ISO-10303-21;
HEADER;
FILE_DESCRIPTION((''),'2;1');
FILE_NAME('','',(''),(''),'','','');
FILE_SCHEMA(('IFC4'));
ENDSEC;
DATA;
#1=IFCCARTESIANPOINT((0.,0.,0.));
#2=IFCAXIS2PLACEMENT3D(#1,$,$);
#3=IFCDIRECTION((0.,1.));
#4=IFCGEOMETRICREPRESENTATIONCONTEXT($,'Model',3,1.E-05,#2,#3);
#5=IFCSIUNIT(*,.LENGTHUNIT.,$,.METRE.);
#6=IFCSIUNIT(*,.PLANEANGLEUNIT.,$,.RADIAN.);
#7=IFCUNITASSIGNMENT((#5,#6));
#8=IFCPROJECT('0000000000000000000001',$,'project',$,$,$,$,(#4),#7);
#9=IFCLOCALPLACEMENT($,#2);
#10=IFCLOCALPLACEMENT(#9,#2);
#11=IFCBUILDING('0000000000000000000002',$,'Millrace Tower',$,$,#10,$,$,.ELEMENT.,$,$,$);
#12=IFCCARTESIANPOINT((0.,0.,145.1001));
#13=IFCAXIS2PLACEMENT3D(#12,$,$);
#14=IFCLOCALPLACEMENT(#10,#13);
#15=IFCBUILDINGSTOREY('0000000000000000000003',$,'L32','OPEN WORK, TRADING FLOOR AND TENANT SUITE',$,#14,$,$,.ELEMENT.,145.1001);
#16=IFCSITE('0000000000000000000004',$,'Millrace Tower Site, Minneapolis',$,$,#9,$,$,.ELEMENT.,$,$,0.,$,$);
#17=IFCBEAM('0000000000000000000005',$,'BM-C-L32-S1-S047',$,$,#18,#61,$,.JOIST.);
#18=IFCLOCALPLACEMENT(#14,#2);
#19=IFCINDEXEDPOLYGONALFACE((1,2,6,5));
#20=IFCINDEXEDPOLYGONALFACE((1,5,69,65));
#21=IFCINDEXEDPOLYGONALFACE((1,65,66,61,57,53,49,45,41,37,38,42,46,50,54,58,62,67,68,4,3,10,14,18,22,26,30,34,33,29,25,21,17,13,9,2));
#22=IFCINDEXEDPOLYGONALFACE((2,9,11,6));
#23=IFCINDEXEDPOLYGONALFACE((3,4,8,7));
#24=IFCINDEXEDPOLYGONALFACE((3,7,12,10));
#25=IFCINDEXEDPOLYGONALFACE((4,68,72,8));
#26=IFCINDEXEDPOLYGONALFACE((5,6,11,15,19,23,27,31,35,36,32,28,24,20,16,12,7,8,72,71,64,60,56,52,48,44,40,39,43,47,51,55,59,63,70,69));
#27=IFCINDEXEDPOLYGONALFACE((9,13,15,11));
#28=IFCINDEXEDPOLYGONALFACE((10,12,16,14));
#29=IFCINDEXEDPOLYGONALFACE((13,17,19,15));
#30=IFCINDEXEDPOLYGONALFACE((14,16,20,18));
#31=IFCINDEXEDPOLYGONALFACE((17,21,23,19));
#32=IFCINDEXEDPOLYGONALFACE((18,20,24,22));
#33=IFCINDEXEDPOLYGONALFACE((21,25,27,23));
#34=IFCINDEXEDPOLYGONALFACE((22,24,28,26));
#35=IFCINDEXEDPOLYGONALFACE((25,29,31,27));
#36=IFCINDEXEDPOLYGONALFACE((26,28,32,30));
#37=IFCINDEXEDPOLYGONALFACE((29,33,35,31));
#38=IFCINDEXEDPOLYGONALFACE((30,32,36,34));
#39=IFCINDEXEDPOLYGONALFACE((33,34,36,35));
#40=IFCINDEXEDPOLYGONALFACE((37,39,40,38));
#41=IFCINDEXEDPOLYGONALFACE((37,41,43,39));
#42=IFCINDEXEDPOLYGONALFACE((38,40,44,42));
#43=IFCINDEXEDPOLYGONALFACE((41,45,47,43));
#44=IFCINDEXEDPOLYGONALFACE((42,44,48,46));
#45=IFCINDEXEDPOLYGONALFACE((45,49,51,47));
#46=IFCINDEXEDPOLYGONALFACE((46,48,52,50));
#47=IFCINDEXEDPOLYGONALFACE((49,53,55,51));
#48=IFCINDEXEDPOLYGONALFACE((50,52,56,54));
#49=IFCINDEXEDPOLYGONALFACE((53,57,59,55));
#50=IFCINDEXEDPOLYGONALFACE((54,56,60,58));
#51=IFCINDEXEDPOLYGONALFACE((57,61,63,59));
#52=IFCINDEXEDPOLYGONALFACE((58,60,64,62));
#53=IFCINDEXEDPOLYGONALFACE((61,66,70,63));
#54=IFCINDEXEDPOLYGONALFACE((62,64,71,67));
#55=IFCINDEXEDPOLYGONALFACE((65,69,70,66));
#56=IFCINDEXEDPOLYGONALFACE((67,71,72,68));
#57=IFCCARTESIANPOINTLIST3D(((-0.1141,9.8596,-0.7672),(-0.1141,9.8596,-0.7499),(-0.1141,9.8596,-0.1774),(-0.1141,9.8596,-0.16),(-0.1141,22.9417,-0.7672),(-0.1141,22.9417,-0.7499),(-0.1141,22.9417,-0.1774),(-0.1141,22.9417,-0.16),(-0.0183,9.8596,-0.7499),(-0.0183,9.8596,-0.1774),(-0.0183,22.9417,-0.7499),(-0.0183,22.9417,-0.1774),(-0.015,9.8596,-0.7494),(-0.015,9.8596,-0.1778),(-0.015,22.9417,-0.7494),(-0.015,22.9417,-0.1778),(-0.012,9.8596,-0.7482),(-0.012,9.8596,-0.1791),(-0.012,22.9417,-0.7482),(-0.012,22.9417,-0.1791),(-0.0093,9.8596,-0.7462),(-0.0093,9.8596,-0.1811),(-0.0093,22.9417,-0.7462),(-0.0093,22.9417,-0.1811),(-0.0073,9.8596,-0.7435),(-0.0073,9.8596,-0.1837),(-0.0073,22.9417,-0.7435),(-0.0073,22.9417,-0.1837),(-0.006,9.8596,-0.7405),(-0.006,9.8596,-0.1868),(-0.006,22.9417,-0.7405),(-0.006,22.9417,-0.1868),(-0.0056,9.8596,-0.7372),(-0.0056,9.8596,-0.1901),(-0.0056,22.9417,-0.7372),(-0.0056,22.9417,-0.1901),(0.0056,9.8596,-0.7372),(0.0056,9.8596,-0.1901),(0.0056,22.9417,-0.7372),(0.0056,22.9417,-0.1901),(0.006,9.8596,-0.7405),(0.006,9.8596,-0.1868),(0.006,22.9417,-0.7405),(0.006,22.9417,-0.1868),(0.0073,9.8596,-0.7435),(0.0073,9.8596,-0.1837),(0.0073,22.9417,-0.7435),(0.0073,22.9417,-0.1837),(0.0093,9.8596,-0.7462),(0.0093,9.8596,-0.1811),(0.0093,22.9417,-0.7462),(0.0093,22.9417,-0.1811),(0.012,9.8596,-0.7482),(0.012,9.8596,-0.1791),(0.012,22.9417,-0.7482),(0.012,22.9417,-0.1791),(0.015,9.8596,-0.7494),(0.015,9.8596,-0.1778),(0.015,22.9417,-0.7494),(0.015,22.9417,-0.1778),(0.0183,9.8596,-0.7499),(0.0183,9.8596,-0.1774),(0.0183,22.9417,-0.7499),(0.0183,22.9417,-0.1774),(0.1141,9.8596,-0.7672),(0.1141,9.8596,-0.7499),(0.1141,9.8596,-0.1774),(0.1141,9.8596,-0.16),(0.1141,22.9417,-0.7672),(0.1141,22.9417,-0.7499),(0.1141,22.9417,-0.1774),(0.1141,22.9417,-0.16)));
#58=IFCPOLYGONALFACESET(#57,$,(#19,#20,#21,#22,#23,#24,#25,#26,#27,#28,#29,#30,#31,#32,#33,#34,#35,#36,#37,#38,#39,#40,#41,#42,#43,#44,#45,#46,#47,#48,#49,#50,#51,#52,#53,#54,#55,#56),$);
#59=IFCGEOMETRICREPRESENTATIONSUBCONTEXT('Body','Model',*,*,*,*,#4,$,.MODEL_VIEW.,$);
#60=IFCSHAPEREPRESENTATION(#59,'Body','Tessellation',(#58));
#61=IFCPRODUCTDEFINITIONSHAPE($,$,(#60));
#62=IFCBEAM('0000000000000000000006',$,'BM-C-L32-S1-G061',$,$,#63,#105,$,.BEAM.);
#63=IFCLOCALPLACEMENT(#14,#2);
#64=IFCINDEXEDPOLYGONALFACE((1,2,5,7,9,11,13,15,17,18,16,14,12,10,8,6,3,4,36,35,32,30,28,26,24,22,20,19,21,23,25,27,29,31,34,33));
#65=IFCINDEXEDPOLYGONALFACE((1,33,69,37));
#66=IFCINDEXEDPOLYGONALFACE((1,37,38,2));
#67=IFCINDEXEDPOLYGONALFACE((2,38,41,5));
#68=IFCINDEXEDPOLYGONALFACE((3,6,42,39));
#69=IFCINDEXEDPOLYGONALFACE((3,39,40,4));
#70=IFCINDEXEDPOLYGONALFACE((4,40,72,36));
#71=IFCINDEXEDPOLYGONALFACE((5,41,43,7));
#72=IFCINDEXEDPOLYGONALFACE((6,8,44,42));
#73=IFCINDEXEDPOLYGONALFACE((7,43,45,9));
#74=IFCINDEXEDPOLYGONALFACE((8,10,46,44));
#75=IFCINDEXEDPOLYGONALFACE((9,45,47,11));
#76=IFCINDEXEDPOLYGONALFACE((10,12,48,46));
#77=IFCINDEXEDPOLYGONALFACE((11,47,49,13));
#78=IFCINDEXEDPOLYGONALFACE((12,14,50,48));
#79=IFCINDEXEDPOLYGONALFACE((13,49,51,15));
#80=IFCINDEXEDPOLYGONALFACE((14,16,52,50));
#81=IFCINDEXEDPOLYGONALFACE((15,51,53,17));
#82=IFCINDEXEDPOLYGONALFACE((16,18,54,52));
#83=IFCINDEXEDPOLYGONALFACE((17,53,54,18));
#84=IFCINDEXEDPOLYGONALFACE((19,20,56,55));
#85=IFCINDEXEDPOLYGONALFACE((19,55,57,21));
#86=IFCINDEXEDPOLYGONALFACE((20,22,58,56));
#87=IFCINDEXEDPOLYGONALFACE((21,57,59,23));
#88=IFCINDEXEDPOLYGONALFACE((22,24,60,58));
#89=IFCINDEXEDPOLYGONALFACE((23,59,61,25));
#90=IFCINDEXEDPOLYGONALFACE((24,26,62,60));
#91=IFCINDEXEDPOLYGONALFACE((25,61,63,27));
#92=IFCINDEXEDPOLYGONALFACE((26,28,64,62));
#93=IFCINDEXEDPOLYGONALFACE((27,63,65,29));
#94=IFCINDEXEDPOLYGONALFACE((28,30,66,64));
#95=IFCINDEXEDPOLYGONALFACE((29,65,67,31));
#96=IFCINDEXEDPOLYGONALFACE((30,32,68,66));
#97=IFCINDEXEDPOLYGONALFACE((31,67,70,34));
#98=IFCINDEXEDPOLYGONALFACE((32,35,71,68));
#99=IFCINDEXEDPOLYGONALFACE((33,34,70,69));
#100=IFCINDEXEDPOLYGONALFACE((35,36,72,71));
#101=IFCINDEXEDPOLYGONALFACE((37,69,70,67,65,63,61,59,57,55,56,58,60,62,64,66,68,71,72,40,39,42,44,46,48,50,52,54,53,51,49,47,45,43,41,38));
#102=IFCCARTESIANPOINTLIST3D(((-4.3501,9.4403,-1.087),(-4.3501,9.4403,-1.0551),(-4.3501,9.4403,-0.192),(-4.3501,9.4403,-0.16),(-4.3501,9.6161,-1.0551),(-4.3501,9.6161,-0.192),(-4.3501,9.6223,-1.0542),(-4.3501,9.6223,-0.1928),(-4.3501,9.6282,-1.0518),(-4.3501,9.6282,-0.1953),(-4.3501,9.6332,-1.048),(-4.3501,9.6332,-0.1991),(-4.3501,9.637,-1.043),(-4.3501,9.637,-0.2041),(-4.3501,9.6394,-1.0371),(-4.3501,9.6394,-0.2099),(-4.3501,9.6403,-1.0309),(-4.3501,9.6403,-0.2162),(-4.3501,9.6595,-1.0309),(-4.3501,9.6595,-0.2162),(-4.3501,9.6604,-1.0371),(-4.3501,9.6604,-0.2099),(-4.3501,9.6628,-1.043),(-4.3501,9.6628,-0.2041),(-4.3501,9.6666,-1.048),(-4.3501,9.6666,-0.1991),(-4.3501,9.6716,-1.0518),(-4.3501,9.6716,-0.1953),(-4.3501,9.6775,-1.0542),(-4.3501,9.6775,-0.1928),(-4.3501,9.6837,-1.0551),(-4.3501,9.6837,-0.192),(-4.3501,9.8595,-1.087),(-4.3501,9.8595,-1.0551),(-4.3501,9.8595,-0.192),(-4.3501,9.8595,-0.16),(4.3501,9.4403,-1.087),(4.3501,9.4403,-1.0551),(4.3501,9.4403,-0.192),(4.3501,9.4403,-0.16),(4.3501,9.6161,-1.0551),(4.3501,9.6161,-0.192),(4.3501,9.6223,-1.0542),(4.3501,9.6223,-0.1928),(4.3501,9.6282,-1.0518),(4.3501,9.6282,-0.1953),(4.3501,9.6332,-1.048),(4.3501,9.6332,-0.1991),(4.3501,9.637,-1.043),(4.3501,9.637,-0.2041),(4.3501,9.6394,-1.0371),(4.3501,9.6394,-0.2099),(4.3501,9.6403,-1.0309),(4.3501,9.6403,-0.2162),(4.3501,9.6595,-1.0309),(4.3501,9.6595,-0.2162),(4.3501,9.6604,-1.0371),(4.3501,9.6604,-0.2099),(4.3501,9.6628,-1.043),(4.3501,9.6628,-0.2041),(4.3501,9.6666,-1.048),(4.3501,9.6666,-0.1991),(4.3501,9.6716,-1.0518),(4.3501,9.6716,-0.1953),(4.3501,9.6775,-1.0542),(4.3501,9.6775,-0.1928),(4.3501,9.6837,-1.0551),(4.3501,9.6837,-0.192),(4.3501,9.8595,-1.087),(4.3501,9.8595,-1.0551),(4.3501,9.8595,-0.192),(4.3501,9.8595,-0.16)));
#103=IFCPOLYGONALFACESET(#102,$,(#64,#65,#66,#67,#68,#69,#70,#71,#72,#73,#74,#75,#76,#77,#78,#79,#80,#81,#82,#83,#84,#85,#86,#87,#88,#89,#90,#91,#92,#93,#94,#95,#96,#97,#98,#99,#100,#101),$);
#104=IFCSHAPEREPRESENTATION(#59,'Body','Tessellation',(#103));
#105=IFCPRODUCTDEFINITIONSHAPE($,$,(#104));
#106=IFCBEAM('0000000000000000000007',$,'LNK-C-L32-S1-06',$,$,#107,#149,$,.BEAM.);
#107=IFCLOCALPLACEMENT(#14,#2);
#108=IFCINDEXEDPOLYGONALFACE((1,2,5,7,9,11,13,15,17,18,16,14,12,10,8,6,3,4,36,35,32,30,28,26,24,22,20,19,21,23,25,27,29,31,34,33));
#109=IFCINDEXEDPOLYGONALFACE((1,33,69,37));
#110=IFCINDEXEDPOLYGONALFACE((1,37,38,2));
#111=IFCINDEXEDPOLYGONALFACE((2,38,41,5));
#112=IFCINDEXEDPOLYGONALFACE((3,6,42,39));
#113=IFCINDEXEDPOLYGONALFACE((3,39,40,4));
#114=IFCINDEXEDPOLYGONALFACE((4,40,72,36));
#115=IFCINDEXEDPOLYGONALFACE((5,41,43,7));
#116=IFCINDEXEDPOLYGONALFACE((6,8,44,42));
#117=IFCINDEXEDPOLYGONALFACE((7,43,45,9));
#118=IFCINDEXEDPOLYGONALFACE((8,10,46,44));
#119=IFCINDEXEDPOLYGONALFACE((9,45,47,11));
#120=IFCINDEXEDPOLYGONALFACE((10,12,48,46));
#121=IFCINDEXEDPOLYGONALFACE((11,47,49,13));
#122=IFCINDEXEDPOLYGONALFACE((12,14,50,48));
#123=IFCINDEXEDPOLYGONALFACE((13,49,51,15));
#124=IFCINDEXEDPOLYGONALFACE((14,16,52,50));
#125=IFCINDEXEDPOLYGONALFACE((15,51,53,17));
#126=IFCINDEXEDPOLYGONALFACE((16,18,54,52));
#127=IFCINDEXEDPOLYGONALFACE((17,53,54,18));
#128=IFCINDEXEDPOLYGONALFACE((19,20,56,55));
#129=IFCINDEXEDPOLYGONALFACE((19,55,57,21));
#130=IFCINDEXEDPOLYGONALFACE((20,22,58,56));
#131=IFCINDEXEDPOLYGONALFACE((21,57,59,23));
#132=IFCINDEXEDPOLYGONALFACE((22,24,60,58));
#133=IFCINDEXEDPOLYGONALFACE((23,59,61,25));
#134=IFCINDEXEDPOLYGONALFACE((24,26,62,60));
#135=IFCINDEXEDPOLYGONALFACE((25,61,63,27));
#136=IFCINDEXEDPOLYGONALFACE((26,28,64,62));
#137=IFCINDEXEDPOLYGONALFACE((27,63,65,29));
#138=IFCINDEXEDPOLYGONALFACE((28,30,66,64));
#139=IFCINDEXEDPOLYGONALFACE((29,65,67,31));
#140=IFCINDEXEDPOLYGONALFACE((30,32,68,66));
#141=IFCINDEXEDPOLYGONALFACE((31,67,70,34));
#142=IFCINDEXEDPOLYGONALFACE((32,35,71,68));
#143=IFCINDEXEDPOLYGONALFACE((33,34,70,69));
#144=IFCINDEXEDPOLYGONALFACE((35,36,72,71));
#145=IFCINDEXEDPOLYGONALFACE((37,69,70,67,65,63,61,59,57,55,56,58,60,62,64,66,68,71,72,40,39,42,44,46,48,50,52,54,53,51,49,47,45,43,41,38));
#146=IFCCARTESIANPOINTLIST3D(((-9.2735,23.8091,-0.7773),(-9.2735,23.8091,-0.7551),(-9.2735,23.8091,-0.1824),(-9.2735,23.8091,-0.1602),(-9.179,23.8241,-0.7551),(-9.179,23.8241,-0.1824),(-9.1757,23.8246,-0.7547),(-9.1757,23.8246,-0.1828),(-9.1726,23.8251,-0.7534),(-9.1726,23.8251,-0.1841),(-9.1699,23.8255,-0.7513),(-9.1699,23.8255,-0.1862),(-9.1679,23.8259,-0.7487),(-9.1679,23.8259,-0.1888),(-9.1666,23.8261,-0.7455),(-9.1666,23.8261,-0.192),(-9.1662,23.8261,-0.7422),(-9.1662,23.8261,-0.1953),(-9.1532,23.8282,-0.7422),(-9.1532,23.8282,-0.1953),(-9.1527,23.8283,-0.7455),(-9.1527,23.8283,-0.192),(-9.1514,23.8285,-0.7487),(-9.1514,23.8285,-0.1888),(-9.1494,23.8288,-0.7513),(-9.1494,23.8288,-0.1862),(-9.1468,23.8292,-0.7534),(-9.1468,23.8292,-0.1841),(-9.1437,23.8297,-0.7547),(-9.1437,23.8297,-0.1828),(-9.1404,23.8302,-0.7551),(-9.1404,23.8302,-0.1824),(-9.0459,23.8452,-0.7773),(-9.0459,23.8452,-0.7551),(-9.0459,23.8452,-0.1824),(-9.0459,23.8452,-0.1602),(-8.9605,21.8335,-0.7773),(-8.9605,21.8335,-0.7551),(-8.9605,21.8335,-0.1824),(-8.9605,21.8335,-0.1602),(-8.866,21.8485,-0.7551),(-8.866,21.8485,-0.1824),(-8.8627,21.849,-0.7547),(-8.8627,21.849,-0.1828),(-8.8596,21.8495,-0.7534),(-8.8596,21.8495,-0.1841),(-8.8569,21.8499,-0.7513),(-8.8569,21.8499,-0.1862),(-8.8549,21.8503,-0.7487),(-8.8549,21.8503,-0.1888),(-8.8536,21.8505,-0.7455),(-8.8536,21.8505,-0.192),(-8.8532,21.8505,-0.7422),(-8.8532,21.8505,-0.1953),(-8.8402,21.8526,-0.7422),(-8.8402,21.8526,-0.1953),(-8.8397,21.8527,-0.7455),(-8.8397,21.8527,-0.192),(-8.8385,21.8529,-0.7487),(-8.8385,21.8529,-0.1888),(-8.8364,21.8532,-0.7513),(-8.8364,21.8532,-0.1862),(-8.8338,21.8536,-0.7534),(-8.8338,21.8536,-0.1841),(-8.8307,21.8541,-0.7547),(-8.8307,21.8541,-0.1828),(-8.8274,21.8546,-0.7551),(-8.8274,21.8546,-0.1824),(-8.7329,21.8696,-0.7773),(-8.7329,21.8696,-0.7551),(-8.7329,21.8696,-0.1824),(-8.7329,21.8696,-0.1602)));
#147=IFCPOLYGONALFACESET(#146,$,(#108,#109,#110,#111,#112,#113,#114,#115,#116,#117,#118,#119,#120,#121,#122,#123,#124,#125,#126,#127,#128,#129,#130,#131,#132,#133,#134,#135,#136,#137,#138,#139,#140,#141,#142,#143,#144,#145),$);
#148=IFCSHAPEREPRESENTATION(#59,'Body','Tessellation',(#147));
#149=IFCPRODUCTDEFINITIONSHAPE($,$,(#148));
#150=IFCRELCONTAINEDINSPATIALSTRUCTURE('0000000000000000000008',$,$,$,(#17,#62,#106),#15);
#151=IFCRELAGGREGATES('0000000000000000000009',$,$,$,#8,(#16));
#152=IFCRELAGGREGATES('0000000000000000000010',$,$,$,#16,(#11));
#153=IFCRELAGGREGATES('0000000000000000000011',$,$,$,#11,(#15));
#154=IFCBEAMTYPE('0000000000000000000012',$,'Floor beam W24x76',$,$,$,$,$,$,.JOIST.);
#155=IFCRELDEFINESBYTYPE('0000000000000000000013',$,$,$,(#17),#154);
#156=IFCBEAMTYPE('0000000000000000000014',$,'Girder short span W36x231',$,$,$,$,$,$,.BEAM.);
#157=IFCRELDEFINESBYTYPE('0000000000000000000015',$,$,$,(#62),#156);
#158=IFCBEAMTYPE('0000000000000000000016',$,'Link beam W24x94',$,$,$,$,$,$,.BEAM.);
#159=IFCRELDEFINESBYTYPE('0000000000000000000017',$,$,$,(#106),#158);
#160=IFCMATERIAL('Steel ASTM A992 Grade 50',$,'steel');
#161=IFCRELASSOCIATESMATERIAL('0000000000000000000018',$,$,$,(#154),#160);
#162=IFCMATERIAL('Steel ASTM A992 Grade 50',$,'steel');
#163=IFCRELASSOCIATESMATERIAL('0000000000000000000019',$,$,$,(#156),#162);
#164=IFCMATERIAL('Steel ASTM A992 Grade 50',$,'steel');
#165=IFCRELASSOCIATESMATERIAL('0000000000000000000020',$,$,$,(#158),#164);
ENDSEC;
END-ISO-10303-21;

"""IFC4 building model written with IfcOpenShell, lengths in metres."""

from ifc_helpers import new_model, si_unit, direction, frame, origin, origin_2d, place, context, subcontext, project, spatial, i_section, extrude, material, material_profile, profile_set, type_object, element, save


model = new_model("IFC4")

# Units and contexts
model_context = context("Model", 3, precision=1e-05, world=origin(), true_north=direction((0.0, 1.0)))
body_context = subcontext(model_context, "Body", "Model", "MODEL_VIEW")
ifc_project = project(units=[si_unit("LENGTHUNIT", "METRE"), si_unit("PLANEANGLEUNIT", "RADIAN")], contexts=[model_context])

# Site, building, storey
site_placement = place(None, origin())
site = spatial("IfcSite", under=ifc_project, at=site_placement, Name="Millrace Tower Site, Minneapolis", CompositionType="ELEMENT", RefElevation=0.0)
building_placement = place(site_placement, origin())
building = spatial("IfcBuilding", under=site, at=building_placement, Name="Millrace Tower", CompositionType="ELEMENT")
storey_placement = place(building_placement, frame((0.0, 0.0, 145.1001)))
storey = spatial("IfcBuildingStorey", under=building, at=storey_placement, Name="L32", Description="OPEN WORK, TRADING FLOOR AND TENANT SUITE", CompositionType="ELEMENT", Elevation=145.1001)

# Beams
ifc_material_1 = material(Name="Steel ASTM A992 Grade 50", Category="steel")
ifc_material_profile_1 = material_profile(ifc_material_1, i_section(OverallWidth=0.2283, OverallDepth=0.6072, WebThickness=0.0112, FlangeThickness=0.0173, FilletRadius=0.0127, at=origin_2d()))
ifc_profile_set_1 = profile_set([ifc_material_profile_1], Name="Steel ASTM A992 Grade 50")
beam_type_1 = type_object("IfcBeamType", Name="Floor beam W24x76", PredefinedType="JOIST", material=ifc_profile_set_1)
beam_1_placement = place(storey_placement, frame((0.0, 9.8596, -0.4636), z_axis=(0.0, 1.0, 0.0), x_axis=(-1.0, 0.0, 0.0)))
element("IfcBeam", 1, at=beam_1_placement, inside=storey, type_object=beam_type_1, Name="BM-C-L32-S1-S047", PredefinedType="JOIST", context=body_context, shape_type="SweptSolid", body=[
    extrude(i_section(OverallWidth=0.2283, OverallDepth=0.6072, WebThickness=0.0112, FlangeThickness=0.0173, FilletRadius=0.0127, at=origin_2d()), origin(), (0.0, 0.0, 1.0), 13.082),
])
ifc_material_2 = material(Name="Steel ASTM A992 Grade 50", Category="steel")
ifc_material_profile_2 = material_profile(ifc_material_2, i_section(OverallWidth=0.4192, OverallDepth=0.927, WebThickness=0.0193, FlangeThickness=0.032, FilletRadius=0.0242, at=origin_2d()))
ifc_profile_set_2 = profile_set([ifc_material_profile_2], Name="Steel ASTM A992 Grade 50")
beam_type_2 = type_object("IfcBeamType", Name="Girder short span W36x231", PredefinedType="BEAM", material=ifc_profile_set_2)
beam_2_placement = place(storey_placement, frame((-4.3501, 9.6499, -0.6235), z_axis=(1.0, 0.0, 0.0), x_axis=(0.0, 1.0, 0.0)))
element("IfcBeam", 2, at=beam_2_placement, inside=storey, type_object=beam_type_2, Name="BM-C-L32-S1-G061", PredefinedType="BEAM", context=body_context, shape_type="SweptSolid", body=[
    extrude(i_section(OverallWidth=0.4192, OverallDepth=0.927, WebThickness=0.0193, FlangeThickness=0.032, FilletRadius=0.0242, at=origin_2d()), origin(), (0.0, 0.0, 1.0), 8.7002),
])
ifc_material_3 = material(Name="Steel ASTM A992 Grade 50", Category="steel")
ifc_material_profile_3 = material_profile(ifc_material_3, i_section(OverallWidth=0.2305, OverallDepth=0.6172, WebThickness=0.0132, FlangeThickness=0.0222, FilletRadius=0.0129, at=origin_2d()))
ifc_profile_set_3 = profile_set([ifc_material_profile_3], Name="Steel ASTM A992 Grade 50")
beam_type_3 = type_object("IfcBeamType", Name="Link beam W24x94", PredefinedType="BEAM", material=ifc_profile_set_3)
beam_3_placement = place(storey_placement, frame((-8.8467, 21.8516, -0.4688), z_axis=(-0.156477, 0.987682, 0.0), x_axis=(-0.987682, -0.156477, 0.0)))
element("IfcBeam", 3, at=beam_3_placement, inside=storey, type_object=beam_type_3, Name="LNK-C-L32-S1-06", PredefinedType="BEAM", context=body_context, shape_type="SweptSolid", body=[
    extrude(i_section(OverallWidth=0.2305, OverallDepth=0.6172, WebThickness=0.0132, FlangeThickness=0.0222, FilletRadius=0.0129, at=origin_2d()), origin(), (0.0, 0.0, 1.0), 2.0002),
])

save(model, "model.ifc")
